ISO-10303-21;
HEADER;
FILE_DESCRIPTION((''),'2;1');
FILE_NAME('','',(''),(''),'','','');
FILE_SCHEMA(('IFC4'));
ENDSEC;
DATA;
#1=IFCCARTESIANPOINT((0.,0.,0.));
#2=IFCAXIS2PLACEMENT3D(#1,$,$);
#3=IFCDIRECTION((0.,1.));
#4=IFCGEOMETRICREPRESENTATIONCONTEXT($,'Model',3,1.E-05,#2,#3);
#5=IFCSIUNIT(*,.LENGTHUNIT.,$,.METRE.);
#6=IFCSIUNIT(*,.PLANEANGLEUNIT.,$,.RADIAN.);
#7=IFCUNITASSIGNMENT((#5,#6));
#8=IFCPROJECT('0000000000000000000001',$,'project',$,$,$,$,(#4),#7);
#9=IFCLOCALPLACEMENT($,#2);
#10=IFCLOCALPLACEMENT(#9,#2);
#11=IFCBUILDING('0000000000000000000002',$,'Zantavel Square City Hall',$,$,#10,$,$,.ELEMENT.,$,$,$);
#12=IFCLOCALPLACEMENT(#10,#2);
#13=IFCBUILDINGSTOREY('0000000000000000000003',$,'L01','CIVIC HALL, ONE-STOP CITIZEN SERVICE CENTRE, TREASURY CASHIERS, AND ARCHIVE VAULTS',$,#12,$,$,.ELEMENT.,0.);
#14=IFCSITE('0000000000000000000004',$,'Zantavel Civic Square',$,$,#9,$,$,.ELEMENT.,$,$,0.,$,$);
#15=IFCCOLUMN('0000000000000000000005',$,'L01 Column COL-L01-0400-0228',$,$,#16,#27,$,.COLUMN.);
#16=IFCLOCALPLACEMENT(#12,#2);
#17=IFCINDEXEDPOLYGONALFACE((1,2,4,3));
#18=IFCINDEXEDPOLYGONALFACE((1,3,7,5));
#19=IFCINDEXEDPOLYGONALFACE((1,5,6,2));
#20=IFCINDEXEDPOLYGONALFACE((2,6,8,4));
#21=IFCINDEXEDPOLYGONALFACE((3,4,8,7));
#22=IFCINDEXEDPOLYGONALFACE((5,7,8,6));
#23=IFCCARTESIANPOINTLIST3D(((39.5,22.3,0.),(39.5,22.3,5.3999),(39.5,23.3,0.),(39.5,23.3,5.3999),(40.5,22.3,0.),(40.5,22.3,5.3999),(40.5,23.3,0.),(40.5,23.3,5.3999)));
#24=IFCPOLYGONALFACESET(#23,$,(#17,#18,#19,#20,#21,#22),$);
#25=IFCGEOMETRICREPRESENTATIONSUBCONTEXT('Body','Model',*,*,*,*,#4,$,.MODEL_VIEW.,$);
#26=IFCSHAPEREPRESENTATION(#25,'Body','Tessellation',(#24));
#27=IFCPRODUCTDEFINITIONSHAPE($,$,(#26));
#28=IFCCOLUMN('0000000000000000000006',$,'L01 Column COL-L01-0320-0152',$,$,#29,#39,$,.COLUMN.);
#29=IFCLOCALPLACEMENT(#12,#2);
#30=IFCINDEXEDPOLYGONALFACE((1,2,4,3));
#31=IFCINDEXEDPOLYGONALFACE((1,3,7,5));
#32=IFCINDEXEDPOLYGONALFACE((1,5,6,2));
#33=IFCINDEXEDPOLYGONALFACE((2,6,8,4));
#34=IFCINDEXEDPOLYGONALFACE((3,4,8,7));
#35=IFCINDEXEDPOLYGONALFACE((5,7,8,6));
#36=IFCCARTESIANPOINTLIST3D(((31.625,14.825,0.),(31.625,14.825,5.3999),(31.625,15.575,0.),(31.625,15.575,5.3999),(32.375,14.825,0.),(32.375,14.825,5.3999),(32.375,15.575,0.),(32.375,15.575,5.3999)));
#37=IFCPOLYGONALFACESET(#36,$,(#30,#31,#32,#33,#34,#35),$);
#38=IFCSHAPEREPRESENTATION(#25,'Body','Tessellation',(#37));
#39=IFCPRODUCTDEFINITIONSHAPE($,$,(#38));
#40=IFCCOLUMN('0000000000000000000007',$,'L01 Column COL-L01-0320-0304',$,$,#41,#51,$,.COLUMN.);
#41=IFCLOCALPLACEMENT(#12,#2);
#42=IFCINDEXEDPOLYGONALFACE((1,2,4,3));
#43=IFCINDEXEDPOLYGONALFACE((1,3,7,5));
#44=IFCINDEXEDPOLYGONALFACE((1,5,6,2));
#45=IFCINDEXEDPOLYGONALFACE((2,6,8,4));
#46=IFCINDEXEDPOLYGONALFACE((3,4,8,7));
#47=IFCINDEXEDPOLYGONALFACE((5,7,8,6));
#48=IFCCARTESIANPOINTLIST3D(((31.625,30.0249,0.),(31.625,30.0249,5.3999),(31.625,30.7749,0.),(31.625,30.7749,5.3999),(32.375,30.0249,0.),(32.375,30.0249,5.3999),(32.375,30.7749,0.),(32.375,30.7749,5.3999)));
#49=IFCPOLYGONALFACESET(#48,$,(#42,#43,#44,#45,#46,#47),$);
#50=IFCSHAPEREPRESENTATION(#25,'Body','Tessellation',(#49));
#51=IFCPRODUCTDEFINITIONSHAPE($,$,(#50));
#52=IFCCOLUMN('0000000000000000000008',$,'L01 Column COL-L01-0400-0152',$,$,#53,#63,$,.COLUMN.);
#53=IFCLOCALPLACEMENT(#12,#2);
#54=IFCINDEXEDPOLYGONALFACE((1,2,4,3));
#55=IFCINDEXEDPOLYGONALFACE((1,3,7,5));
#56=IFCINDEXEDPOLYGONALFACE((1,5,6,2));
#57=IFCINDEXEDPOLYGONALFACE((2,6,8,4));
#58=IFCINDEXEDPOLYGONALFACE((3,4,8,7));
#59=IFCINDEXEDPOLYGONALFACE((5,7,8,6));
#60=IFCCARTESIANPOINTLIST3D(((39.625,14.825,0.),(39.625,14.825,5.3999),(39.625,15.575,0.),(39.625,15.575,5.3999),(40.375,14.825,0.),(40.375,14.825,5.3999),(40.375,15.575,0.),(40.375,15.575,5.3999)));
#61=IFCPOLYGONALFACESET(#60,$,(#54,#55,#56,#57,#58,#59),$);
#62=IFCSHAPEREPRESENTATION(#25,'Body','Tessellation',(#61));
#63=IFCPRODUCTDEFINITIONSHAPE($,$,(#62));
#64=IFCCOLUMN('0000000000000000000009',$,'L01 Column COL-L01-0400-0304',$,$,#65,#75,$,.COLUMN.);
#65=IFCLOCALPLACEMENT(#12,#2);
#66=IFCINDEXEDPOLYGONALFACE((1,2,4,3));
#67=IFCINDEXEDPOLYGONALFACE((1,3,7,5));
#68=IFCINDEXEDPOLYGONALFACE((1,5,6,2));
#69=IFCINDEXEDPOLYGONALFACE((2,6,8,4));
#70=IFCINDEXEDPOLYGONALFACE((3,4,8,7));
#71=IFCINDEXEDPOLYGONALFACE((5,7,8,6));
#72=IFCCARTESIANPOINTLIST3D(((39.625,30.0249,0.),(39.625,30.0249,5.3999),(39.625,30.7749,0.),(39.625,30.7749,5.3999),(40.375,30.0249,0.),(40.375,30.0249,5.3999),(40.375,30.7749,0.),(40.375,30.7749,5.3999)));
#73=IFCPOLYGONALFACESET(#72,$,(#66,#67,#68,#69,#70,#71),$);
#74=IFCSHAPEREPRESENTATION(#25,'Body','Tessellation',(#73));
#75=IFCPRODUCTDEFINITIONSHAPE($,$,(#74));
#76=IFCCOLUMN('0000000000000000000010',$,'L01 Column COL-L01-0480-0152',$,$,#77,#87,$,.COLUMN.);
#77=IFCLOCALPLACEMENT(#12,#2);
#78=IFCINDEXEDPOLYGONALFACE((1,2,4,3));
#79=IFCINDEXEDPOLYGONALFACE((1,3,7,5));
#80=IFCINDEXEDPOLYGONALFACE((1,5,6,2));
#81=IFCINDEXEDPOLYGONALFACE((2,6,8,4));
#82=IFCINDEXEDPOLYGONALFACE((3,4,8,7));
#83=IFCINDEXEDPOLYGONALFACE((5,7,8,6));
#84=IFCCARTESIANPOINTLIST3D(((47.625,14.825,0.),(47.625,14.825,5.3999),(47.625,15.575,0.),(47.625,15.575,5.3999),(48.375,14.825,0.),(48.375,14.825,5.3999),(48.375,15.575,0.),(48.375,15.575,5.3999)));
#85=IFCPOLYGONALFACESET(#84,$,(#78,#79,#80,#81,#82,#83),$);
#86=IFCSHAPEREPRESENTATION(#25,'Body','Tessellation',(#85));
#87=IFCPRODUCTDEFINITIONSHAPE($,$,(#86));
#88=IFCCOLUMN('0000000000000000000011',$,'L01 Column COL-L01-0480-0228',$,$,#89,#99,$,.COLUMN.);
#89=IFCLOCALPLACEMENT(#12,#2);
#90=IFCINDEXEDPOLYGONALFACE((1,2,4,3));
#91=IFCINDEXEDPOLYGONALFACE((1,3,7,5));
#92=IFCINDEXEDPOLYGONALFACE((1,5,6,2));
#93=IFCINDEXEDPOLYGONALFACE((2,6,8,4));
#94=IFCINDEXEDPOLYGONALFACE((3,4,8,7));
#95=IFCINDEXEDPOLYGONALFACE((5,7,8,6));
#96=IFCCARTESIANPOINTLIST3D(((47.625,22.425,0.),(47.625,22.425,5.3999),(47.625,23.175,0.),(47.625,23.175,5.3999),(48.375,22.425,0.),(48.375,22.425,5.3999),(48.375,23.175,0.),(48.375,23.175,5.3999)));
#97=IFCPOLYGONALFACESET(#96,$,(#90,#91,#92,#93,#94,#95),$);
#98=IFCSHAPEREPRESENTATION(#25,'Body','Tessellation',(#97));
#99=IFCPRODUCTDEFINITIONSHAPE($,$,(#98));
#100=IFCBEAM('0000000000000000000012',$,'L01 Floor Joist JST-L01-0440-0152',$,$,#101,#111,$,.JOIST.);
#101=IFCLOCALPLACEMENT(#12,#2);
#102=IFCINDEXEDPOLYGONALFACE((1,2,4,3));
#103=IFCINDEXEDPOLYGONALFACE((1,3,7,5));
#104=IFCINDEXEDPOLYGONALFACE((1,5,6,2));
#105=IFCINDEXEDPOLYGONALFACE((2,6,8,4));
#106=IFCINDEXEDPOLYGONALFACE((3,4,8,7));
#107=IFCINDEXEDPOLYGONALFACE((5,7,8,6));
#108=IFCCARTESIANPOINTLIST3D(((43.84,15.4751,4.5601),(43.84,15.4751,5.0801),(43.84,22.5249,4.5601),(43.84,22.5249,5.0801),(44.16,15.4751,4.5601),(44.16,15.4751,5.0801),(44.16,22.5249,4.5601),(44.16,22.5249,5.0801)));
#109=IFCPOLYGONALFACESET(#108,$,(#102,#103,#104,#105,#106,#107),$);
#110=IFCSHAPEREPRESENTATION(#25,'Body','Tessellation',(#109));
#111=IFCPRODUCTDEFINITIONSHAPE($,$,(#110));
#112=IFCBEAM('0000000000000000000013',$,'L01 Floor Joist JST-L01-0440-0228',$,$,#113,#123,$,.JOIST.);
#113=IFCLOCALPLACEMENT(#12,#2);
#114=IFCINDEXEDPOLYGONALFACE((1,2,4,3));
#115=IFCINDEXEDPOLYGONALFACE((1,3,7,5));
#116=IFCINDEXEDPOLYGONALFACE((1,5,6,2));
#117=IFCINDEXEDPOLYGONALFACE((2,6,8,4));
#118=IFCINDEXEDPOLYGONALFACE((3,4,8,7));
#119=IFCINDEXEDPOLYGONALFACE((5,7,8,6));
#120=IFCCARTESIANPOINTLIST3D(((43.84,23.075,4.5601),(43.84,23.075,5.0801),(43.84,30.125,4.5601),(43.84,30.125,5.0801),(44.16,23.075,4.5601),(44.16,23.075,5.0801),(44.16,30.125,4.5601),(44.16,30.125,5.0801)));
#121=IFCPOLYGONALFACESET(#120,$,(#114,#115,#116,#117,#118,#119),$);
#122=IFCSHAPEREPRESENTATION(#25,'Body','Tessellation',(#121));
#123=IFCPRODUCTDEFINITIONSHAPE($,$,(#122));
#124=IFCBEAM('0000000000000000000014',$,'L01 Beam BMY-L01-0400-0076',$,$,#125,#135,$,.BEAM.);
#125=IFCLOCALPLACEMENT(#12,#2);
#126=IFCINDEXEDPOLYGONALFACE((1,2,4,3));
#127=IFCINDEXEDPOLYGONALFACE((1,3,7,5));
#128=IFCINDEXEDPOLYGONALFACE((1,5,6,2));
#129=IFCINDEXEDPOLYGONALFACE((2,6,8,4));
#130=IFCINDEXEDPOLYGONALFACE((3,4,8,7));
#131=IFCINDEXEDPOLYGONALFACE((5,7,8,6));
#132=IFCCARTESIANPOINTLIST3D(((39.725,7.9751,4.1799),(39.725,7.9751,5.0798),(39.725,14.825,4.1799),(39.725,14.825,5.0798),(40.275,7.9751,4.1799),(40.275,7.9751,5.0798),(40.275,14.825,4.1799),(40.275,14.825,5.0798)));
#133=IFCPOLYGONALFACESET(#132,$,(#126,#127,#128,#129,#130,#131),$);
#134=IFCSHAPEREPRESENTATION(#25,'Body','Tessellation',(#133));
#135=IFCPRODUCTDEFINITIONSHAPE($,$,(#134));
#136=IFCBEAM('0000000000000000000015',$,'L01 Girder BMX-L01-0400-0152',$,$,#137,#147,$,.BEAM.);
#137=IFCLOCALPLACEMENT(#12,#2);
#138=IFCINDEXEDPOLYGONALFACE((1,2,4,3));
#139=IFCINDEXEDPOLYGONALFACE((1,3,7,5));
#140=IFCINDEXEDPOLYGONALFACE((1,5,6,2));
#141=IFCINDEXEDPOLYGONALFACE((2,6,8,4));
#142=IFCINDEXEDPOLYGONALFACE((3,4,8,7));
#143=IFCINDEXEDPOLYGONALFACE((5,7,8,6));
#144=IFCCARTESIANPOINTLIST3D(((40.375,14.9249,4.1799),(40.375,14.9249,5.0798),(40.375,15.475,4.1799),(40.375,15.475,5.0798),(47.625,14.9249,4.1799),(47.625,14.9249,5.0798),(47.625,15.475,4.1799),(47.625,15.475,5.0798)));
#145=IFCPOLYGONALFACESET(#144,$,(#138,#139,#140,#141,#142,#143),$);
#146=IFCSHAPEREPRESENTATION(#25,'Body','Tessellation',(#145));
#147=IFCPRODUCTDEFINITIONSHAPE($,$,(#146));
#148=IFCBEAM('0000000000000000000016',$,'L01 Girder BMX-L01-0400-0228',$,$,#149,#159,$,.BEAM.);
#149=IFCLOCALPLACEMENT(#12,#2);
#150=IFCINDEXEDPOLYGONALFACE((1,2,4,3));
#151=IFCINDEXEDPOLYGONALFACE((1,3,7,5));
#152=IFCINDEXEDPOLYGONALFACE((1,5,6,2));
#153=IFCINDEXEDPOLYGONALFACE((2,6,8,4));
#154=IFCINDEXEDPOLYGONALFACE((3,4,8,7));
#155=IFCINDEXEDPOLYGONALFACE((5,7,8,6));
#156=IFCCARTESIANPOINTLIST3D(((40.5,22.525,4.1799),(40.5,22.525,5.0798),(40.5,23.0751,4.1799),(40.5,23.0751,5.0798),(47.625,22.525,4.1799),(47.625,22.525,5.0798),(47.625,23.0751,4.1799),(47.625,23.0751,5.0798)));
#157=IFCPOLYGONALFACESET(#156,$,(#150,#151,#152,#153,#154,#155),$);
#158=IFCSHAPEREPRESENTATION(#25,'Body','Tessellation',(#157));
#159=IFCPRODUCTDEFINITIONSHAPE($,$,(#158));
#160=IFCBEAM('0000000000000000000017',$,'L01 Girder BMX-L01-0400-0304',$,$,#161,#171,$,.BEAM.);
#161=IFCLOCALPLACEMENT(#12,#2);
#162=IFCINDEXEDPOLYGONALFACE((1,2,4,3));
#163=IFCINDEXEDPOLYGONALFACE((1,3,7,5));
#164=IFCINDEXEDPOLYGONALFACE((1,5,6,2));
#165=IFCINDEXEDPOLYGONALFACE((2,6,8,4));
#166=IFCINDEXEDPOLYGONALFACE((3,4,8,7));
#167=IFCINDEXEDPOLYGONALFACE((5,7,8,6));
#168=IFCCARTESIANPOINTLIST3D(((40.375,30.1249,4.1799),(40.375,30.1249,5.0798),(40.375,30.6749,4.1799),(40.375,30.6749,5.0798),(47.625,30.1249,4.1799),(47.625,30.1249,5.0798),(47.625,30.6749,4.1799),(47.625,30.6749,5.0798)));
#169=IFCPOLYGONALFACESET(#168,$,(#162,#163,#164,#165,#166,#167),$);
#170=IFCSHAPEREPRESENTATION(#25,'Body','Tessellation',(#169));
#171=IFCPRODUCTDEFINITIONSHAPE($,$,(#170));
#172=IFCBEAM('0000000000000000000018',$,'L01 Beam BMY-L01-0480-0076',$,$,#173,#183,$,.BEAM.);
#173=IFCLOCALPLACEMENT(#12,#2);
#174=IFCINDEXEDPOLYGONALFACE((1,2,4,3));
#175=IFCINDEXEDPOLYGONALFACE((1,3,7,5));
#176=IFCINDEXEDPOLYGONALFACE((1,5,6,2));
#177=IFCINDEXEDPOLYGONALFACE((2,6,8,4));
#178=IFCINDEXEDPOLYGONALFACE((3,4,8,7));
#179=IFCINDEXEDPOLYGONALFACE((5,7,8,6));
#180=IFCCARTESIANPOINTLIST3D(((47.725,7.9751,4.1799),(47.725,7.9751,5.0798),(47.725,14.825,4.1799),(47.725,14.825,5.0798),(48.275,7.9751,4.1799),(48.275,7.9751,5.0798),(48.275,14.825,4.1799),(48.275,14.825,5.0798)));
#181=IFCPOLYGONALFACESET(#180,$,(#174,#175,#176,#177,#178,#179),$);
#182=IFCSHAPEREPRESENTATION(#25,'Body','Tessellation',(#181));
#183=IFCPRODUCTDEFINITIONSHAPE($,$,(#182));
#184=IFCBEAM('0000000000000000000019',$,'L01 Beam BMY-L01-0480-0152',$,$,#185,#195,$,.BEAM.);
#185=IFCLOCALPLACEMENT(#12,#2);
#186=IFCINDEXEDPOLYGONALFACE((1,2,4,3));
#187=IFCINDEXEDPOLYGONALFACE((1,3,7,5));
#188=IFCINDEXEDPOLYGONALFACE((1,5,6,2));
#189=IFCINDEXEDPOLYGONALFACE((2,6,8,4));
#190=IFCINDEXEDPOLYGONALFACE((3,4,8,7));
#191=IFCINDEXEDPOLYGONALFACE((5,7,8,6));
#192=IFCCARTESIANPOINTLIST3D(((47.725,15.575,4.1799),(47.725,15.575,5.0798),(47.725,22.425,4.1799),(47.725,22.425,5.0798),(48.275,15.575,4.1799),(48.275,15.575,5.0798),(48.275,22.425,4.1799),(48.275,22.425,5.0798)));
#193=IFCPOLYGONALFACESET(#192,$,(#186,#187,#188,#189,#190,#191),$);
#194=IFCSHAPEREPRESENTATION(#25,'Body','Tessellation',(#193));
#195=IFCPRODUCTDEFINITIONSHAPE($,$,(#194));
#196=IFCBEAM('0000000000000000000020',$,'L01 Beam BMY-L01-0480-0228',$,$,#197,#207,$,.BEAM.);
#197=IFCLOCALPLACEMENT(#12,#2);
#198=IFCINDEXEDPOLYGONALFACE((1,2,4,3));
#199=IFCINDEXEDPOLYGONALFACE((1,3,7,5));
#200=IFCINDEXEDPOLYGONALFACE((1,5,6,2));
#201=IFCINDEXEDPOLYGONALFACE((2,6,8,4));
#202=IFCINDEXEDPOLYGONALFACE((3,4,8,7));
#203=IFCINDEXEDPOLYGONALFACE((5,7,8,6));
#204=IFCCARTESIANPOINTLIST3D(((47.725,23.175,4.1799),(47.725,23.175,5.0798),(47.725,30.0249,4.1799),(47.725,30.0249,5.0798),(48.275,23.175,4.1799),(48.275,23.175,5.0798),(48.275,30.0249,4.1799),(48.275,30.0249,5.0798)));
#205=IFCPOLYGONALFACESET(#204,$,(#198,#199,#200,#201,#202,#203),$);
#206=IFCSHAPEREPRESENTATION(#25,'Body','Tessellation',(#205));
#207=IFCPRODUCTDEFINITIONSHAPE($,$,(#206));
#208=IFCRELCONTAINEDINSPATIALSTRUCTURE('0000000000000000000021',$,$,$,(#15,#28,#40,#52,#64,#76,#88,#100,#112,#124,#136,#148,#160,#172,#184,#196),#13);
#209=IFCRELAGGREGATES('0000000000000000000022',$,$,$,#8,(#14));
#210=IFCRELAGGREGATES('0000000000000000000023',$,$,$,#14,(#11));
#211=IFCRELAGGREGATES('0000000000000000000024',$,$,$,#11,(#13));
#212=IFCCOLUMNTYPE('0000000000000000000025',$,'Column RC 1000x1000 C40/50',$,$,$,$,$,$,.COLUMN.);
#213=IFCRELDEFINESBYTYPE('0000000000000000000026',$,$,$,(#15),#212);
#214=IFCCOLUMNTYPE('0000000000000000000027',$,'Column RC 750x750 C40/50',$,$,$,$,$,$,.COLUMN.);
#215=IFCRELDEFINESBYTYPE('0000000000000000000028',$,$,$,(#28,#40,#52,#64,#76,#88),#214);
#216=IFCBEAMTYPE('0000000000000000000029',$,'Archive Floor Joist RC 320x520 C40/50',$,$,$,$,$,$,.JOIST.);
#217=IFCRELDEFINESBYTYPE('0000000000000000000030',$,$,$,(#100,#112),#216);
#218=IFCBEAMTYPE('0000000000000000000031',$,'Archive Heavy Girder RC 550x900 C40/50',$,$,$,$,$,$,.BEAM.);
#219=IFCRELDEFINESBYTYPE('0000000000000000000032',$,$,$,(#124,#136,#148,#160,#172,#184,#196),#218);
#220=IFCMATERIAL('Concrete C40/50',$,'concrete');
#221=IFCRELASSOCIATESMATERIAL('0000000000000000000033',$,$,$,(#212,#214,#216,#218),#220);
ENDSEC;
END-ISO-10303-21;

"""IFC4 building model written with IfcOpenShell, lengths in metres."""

from ifc_helpers import new_model, si_unit, direction, frame, origin, origin_2d, place, context, subcontext, project, spatial, rectangle, extrude, material, material_profile, profile_set, type_object, element, save


model = new_model("IFC4")

# Units and contexts
model_context = context("Model", 3, precision=1e-05, world=origin(), true_north=direction((0.0, 1.0)))
body_context = subcontext(model_context, "Body", "Model", "MODEL_VIEW")
ifc_project = project(units=[si_unit("LENGTHUNIT", "METRE"), si_unit("PLANEANGLEUNIT", "RADIAN")], contexts=[model_context])

# Site, building, storey
site_placement = place(None, origin())
site = spatial("IfcSite", under=ifc_project, at=site_placement, Name="Zantavel Civic Square", CompositionType="ELEMENT", RefElevation=0.0)
building_placement = place(site_placement, origin())
building = spatial("IfcBuilding", under=site, at=building_placement, Name="Zantavel Square City Hall", CompositionType="ELEMENT")
storey_placement = place(building_placement, origin())
storey = spatial("IfcBuildingStorey", under=building, at=storey_placement, Name="L01", Description="CIVIC HALL, ONE-STOP CITIZEN SERVICE CENTRE, TREASURY CASHIERS, AND ARCHIVE VAULTS", CompositionType="ELEMENT", Elevation=0.0)

# Columns
ifc_material_1 = material(Name="Concrete C40/50", Category="concrete")
ifc_material_profile_1 = material_profile(ifc_material_1, rectangle(XDim=1.0, YDim=1.0, at=origin_2d()), Name="RC 1000x1000")
ifc_profile_set_1 = profile_set([ifc_material_profile_1], Name="Concrete C40/50")
column_type_1 = type_object("IfcColumnType", Name="Column RC 1000x1000 C40/50", PredefinedType="COLUMN", material=ifc_profile_set_1)
column_placement = place(storey_placement, frame((40.0, 22.8, 0.0), z_axis=(0.0, 0.0, 1.0), x_axis=(1.0, 0.0, 0.0)))
element("IfcColumn", 1, at=column_placement, inside=storey, type_object=column_type_1, Name="L01 Column COL-L01-0400-0228", PredefinedType="COLUMN", context=body_context, shape_type="SweptSolid", body=[
    extrude(rectangle(XDim=1.0, YDim=1.0, at=origin_2d()), origin(), (0.0, 0.0, 1.0), 5.3999),
])
ifc_material_profile_2 = material_profile(ifc_material_1, rectangle(XDim=0.75, YDim=0.75, at=origin_2d()), Name="RC 750x750")
ifc_profile_set_2 = profile_set([ifc_material_profile_2], Name="Concrete C40/50")
column_type_2 = type_object("IfcColumnType", Name="Column RC 750x750 C40/50", PredefinedType="COLUMN", material=ifc_profile_set_2)
for number, where, z_axis, x_axis, name in (
    (2, (32.0, 15.2, 0.0), (0.0, 0.0, 1.0), (1.0, 0.0, 0.0), "L01 Column COL-L01-0320-0152"),
    (3, (32.0, 30.3999, 0.0), (0.0, 0.0, 1.0), (1.0, 0.0, 0.0), "L01 Column COL-L01-0320-0304"),
    (4, (40.0, 15.2, 0.0), (0.0, 0.0, 1.0), (1.0, 0.0, 0.0), "L01 Column COL-L01-0400-0152"),
    (5, (40.0, 30.3999, 0.0), (0.0, 0.0, 1.0), (1.0, 0.0, 0.0), "L01 Column COL-L01-0400-0304"),
    (6, (48.0, 15.2, 0.0), (0.0, 0.0, 1.0), (1.0, 0.0, 0.0), "L01 Column COL-L01-0480-0152"),
    (7, (48.0, 22.8, 0.0), (0.0, 0.0, 1.0), (1.0, 0.0, 0.0), "L01 Column COL-L01-0480-0228"),
):
    element("IfcColumn", number, at=place(storey_placement, frame(where, z_axis=z_axis, x_axis=x_axis)), inside=storey, type_object=column_type_2, Name=name, PredefinedType="COLUMN", context=body_context, shape_type="SweptSolid", body=[
        extrude(rectangle(XDim=0.75, YDim=0.75, at=origin_2d()), origin(), (0.0, 0.0, 1.0), 5.3999),
    ])

# Beams
ifc_material_profile_3 = material_profile(ifc_material_1, rectangle(XDim=0.3201, YDim=0.52, at=origin_2d()), Name="RC 320x520")
ifc_profile_set_3 = profile_set([ifc_material_profile_3], Name="Concrete C40/50")
beam_type_1 = type_object("IfcBeamType", Name="Archive Floor Joist RC 320x520 C40/50", PredefinedType="JOIST", material=ifc_profile_set_3)
beam_1_placement = place(storey_placement, frame((44.0, 15.4751, 4.8201), z_axis=(0.0, 1.0, 0.0), x_axis=(-1.0, 0.0, 0.0)))
element("IfcBeam", 8, at=beam_1_placement, inside=storey, type_object=beam_type_1, Name="L01 Floor Joist JST-L01-0440-0152", PredefinedType="JOIST", context=body_context, shape_type="SweptSolid", body=[
    extrude(rectangle(XDim=0.3201, YDim=0.52, at=origin_2d()), origin(), (0.0, 0.0, 1.0), 7.0498),
])
beam_2_placement = place(storey_placement, frame((44.0, 23.075, 4.8201), z_axis=(0.0, 1.0, 0.0), x_axis=(-1.0, 0.0, 0.0)))
element("IfcBeam", 9, at=beam_2_placement, inside=storey, type_object=beam_type_1, Name="L01 Floor Joist JST-L01-0440-0228", PredefinedType="JOIST", context=body_context, shape_type="SweptSolid", body=[
    extrude(rectangle(XDim=0.3201, YDim=0.52, at=origin_2d()), origin(), (0.0, 0.0, 1.0), 7.05),
])
ifc_material_profile_4 = material_profile(ifc_material_1, rectangle(XDim=0.55, YDim=0.8999, at=origin_2d()), Name="RC 550x900")
ifc_profile_set_4 = profile_set([ifc_material_profile_4], Name="Concrete C40/50")
beam_type_2 = type_object("IfcBeamType", Name="Archive Heavy Girder RC 550x900 C40/50", PredefinedType="BEAM", material=ifc_profile_set_4)
beam_3_placement = place(storey_placement, frame((40.0, 7.9751, 4.6299), z_axis=(0.0, 1.0, 0.0), x_axis=(-1.0, 0.0, 0.0)))
element("IfcBeam", 10, at=beam_3_placement, inside=storey, type_object=beam_type_2, Name="L01 Beam BMY-L01-0400-0076", PredefinedType="BEAM", context=body_context, shape_type="SweptSolid", body=[
    extrude(rectangle(XDim=0.55, YDim=0.8999, at=origin_2d()), origin(), (0.0, 0.0, 1.0), 6.8499),
])
beam_4_placement = place(storey_placement, frame((40.375, 15.2, 4.6299), z_axis=(1.0, 0.0, 0.0), x_axis=(0.0, 1.0, 0.0)))
element("IfcBeam", 11, at=beam_4_placement, inside=storey, type_object=beam_type_2, Name="L01 Girder BMX-L01-0400-0152", PredefinedType="BEAM", context=body_context, shape_type="SweptSolid", body=[
    extrude(rectangle(XDim=0.55, YDim=0.8999, at=origin_2d()), origin(), (0.0, 0.0, 1.0), 7.25),
])
beam_5_placement = place(storey_placement, frame((40.5, 22.8, 4.6299), z_axis=(1.0, 0.0, 0.0), x_axis=(0.0, 1.0, 0.0)))
element("IfcBeam", 12, at=beam_5_placement, inside=storey, type_object=beam_type_2, Name="L01 Girder BMX-L01-0400-0228", PredefinedType="BEAM", context=body_context, shape_type="SweptSolid", body=[
    extrude(rectangle(XDim=0.55, YDim=0.8999, at=origin_2d()), origin(), (0.0, 0.0, 1.0), 7.125),
])
beam_6_placement = place(storey_placement, frame((40.375, 30.3999, 4.6299), z_axis=(1.0, 0.0, 0.0), x_axis=(0.0, 1.0, 0.0)))
element("IfcBeam", 13, at=beam_6_placement, inside=storey, type_object=beam_type_2, Name="L01 Girder BMX-L01-0400-0304", PredefinedType="BEAM", context=body_context, shape_type="SweptSolid", body=[
    extrude(rectangle(XDim=0.55, YDim=0.8999, at=origin_2d()), origin(), (0.0, 0.0, 1.0), 7.25),
])
beam_7_placement = place(storey_placement, frame((48.0, 7.9751, 4.6299), z_axis=(0.0, 1.0, 0.0), x_axis=(-1.0, 0.0, 0.0)))
element("IfcBeam", 14, at=beam_7_placement, inside=storey, type_object=beam_type_2, Name="L01 Beam BMY-L01-0480-0076", PredefinedType="BEAM", context=body_context, shape_type="SweptSolid", body=[
    extrude(rectangle(XDim=0.55, YDim=0.8999, at=origin_2d()), origin(), (0.0, 0.0, 1.0), 6.8499),
])
beam_8_placement = place(storey_placement, frame((48.0, 15.575, 4.6299), z_axis=(0.0, 1.0, 0.0), x_axis=(-1.0, 0.0, 0.0)))
element("IfcBeam", 15, at=beam_8_placement, inside=storey, type_object=beam_type_2, Name="L01 Beam BMY-L01-0480-0152", PredefinedType="BEAM", context=body_context, shape_type="SweptSolid", body=[
    extrude(rectangle(XDim=0.55, YDim=0.8999, at=origin_2d()), origin(), (0.0, 0.0, 1.0), 6.8501),
])
beam_9_placement = place(storey_placement, frame((48.0, 23.175, 4.6299), z_axis=(0.0, 1.0, 0.0), x_axis=(-1.0, 0.0, 0.0)))
element("IfcBeam", 16, at=beam_9_placement, inside=storey, type_object=beam_type_2, Name="L01 Beam BMY-L01-0480-0228", PredefinedType="BEAM", context=body_context, shape_type="SweptSolid", body=[
    extrude(rectangle(XDim=0.55, YDim=0.8999, at=origin_2d()), origin(), (0.0, 0.0, 1.0), 6.8499),
])

save(model, "model.ifc")
